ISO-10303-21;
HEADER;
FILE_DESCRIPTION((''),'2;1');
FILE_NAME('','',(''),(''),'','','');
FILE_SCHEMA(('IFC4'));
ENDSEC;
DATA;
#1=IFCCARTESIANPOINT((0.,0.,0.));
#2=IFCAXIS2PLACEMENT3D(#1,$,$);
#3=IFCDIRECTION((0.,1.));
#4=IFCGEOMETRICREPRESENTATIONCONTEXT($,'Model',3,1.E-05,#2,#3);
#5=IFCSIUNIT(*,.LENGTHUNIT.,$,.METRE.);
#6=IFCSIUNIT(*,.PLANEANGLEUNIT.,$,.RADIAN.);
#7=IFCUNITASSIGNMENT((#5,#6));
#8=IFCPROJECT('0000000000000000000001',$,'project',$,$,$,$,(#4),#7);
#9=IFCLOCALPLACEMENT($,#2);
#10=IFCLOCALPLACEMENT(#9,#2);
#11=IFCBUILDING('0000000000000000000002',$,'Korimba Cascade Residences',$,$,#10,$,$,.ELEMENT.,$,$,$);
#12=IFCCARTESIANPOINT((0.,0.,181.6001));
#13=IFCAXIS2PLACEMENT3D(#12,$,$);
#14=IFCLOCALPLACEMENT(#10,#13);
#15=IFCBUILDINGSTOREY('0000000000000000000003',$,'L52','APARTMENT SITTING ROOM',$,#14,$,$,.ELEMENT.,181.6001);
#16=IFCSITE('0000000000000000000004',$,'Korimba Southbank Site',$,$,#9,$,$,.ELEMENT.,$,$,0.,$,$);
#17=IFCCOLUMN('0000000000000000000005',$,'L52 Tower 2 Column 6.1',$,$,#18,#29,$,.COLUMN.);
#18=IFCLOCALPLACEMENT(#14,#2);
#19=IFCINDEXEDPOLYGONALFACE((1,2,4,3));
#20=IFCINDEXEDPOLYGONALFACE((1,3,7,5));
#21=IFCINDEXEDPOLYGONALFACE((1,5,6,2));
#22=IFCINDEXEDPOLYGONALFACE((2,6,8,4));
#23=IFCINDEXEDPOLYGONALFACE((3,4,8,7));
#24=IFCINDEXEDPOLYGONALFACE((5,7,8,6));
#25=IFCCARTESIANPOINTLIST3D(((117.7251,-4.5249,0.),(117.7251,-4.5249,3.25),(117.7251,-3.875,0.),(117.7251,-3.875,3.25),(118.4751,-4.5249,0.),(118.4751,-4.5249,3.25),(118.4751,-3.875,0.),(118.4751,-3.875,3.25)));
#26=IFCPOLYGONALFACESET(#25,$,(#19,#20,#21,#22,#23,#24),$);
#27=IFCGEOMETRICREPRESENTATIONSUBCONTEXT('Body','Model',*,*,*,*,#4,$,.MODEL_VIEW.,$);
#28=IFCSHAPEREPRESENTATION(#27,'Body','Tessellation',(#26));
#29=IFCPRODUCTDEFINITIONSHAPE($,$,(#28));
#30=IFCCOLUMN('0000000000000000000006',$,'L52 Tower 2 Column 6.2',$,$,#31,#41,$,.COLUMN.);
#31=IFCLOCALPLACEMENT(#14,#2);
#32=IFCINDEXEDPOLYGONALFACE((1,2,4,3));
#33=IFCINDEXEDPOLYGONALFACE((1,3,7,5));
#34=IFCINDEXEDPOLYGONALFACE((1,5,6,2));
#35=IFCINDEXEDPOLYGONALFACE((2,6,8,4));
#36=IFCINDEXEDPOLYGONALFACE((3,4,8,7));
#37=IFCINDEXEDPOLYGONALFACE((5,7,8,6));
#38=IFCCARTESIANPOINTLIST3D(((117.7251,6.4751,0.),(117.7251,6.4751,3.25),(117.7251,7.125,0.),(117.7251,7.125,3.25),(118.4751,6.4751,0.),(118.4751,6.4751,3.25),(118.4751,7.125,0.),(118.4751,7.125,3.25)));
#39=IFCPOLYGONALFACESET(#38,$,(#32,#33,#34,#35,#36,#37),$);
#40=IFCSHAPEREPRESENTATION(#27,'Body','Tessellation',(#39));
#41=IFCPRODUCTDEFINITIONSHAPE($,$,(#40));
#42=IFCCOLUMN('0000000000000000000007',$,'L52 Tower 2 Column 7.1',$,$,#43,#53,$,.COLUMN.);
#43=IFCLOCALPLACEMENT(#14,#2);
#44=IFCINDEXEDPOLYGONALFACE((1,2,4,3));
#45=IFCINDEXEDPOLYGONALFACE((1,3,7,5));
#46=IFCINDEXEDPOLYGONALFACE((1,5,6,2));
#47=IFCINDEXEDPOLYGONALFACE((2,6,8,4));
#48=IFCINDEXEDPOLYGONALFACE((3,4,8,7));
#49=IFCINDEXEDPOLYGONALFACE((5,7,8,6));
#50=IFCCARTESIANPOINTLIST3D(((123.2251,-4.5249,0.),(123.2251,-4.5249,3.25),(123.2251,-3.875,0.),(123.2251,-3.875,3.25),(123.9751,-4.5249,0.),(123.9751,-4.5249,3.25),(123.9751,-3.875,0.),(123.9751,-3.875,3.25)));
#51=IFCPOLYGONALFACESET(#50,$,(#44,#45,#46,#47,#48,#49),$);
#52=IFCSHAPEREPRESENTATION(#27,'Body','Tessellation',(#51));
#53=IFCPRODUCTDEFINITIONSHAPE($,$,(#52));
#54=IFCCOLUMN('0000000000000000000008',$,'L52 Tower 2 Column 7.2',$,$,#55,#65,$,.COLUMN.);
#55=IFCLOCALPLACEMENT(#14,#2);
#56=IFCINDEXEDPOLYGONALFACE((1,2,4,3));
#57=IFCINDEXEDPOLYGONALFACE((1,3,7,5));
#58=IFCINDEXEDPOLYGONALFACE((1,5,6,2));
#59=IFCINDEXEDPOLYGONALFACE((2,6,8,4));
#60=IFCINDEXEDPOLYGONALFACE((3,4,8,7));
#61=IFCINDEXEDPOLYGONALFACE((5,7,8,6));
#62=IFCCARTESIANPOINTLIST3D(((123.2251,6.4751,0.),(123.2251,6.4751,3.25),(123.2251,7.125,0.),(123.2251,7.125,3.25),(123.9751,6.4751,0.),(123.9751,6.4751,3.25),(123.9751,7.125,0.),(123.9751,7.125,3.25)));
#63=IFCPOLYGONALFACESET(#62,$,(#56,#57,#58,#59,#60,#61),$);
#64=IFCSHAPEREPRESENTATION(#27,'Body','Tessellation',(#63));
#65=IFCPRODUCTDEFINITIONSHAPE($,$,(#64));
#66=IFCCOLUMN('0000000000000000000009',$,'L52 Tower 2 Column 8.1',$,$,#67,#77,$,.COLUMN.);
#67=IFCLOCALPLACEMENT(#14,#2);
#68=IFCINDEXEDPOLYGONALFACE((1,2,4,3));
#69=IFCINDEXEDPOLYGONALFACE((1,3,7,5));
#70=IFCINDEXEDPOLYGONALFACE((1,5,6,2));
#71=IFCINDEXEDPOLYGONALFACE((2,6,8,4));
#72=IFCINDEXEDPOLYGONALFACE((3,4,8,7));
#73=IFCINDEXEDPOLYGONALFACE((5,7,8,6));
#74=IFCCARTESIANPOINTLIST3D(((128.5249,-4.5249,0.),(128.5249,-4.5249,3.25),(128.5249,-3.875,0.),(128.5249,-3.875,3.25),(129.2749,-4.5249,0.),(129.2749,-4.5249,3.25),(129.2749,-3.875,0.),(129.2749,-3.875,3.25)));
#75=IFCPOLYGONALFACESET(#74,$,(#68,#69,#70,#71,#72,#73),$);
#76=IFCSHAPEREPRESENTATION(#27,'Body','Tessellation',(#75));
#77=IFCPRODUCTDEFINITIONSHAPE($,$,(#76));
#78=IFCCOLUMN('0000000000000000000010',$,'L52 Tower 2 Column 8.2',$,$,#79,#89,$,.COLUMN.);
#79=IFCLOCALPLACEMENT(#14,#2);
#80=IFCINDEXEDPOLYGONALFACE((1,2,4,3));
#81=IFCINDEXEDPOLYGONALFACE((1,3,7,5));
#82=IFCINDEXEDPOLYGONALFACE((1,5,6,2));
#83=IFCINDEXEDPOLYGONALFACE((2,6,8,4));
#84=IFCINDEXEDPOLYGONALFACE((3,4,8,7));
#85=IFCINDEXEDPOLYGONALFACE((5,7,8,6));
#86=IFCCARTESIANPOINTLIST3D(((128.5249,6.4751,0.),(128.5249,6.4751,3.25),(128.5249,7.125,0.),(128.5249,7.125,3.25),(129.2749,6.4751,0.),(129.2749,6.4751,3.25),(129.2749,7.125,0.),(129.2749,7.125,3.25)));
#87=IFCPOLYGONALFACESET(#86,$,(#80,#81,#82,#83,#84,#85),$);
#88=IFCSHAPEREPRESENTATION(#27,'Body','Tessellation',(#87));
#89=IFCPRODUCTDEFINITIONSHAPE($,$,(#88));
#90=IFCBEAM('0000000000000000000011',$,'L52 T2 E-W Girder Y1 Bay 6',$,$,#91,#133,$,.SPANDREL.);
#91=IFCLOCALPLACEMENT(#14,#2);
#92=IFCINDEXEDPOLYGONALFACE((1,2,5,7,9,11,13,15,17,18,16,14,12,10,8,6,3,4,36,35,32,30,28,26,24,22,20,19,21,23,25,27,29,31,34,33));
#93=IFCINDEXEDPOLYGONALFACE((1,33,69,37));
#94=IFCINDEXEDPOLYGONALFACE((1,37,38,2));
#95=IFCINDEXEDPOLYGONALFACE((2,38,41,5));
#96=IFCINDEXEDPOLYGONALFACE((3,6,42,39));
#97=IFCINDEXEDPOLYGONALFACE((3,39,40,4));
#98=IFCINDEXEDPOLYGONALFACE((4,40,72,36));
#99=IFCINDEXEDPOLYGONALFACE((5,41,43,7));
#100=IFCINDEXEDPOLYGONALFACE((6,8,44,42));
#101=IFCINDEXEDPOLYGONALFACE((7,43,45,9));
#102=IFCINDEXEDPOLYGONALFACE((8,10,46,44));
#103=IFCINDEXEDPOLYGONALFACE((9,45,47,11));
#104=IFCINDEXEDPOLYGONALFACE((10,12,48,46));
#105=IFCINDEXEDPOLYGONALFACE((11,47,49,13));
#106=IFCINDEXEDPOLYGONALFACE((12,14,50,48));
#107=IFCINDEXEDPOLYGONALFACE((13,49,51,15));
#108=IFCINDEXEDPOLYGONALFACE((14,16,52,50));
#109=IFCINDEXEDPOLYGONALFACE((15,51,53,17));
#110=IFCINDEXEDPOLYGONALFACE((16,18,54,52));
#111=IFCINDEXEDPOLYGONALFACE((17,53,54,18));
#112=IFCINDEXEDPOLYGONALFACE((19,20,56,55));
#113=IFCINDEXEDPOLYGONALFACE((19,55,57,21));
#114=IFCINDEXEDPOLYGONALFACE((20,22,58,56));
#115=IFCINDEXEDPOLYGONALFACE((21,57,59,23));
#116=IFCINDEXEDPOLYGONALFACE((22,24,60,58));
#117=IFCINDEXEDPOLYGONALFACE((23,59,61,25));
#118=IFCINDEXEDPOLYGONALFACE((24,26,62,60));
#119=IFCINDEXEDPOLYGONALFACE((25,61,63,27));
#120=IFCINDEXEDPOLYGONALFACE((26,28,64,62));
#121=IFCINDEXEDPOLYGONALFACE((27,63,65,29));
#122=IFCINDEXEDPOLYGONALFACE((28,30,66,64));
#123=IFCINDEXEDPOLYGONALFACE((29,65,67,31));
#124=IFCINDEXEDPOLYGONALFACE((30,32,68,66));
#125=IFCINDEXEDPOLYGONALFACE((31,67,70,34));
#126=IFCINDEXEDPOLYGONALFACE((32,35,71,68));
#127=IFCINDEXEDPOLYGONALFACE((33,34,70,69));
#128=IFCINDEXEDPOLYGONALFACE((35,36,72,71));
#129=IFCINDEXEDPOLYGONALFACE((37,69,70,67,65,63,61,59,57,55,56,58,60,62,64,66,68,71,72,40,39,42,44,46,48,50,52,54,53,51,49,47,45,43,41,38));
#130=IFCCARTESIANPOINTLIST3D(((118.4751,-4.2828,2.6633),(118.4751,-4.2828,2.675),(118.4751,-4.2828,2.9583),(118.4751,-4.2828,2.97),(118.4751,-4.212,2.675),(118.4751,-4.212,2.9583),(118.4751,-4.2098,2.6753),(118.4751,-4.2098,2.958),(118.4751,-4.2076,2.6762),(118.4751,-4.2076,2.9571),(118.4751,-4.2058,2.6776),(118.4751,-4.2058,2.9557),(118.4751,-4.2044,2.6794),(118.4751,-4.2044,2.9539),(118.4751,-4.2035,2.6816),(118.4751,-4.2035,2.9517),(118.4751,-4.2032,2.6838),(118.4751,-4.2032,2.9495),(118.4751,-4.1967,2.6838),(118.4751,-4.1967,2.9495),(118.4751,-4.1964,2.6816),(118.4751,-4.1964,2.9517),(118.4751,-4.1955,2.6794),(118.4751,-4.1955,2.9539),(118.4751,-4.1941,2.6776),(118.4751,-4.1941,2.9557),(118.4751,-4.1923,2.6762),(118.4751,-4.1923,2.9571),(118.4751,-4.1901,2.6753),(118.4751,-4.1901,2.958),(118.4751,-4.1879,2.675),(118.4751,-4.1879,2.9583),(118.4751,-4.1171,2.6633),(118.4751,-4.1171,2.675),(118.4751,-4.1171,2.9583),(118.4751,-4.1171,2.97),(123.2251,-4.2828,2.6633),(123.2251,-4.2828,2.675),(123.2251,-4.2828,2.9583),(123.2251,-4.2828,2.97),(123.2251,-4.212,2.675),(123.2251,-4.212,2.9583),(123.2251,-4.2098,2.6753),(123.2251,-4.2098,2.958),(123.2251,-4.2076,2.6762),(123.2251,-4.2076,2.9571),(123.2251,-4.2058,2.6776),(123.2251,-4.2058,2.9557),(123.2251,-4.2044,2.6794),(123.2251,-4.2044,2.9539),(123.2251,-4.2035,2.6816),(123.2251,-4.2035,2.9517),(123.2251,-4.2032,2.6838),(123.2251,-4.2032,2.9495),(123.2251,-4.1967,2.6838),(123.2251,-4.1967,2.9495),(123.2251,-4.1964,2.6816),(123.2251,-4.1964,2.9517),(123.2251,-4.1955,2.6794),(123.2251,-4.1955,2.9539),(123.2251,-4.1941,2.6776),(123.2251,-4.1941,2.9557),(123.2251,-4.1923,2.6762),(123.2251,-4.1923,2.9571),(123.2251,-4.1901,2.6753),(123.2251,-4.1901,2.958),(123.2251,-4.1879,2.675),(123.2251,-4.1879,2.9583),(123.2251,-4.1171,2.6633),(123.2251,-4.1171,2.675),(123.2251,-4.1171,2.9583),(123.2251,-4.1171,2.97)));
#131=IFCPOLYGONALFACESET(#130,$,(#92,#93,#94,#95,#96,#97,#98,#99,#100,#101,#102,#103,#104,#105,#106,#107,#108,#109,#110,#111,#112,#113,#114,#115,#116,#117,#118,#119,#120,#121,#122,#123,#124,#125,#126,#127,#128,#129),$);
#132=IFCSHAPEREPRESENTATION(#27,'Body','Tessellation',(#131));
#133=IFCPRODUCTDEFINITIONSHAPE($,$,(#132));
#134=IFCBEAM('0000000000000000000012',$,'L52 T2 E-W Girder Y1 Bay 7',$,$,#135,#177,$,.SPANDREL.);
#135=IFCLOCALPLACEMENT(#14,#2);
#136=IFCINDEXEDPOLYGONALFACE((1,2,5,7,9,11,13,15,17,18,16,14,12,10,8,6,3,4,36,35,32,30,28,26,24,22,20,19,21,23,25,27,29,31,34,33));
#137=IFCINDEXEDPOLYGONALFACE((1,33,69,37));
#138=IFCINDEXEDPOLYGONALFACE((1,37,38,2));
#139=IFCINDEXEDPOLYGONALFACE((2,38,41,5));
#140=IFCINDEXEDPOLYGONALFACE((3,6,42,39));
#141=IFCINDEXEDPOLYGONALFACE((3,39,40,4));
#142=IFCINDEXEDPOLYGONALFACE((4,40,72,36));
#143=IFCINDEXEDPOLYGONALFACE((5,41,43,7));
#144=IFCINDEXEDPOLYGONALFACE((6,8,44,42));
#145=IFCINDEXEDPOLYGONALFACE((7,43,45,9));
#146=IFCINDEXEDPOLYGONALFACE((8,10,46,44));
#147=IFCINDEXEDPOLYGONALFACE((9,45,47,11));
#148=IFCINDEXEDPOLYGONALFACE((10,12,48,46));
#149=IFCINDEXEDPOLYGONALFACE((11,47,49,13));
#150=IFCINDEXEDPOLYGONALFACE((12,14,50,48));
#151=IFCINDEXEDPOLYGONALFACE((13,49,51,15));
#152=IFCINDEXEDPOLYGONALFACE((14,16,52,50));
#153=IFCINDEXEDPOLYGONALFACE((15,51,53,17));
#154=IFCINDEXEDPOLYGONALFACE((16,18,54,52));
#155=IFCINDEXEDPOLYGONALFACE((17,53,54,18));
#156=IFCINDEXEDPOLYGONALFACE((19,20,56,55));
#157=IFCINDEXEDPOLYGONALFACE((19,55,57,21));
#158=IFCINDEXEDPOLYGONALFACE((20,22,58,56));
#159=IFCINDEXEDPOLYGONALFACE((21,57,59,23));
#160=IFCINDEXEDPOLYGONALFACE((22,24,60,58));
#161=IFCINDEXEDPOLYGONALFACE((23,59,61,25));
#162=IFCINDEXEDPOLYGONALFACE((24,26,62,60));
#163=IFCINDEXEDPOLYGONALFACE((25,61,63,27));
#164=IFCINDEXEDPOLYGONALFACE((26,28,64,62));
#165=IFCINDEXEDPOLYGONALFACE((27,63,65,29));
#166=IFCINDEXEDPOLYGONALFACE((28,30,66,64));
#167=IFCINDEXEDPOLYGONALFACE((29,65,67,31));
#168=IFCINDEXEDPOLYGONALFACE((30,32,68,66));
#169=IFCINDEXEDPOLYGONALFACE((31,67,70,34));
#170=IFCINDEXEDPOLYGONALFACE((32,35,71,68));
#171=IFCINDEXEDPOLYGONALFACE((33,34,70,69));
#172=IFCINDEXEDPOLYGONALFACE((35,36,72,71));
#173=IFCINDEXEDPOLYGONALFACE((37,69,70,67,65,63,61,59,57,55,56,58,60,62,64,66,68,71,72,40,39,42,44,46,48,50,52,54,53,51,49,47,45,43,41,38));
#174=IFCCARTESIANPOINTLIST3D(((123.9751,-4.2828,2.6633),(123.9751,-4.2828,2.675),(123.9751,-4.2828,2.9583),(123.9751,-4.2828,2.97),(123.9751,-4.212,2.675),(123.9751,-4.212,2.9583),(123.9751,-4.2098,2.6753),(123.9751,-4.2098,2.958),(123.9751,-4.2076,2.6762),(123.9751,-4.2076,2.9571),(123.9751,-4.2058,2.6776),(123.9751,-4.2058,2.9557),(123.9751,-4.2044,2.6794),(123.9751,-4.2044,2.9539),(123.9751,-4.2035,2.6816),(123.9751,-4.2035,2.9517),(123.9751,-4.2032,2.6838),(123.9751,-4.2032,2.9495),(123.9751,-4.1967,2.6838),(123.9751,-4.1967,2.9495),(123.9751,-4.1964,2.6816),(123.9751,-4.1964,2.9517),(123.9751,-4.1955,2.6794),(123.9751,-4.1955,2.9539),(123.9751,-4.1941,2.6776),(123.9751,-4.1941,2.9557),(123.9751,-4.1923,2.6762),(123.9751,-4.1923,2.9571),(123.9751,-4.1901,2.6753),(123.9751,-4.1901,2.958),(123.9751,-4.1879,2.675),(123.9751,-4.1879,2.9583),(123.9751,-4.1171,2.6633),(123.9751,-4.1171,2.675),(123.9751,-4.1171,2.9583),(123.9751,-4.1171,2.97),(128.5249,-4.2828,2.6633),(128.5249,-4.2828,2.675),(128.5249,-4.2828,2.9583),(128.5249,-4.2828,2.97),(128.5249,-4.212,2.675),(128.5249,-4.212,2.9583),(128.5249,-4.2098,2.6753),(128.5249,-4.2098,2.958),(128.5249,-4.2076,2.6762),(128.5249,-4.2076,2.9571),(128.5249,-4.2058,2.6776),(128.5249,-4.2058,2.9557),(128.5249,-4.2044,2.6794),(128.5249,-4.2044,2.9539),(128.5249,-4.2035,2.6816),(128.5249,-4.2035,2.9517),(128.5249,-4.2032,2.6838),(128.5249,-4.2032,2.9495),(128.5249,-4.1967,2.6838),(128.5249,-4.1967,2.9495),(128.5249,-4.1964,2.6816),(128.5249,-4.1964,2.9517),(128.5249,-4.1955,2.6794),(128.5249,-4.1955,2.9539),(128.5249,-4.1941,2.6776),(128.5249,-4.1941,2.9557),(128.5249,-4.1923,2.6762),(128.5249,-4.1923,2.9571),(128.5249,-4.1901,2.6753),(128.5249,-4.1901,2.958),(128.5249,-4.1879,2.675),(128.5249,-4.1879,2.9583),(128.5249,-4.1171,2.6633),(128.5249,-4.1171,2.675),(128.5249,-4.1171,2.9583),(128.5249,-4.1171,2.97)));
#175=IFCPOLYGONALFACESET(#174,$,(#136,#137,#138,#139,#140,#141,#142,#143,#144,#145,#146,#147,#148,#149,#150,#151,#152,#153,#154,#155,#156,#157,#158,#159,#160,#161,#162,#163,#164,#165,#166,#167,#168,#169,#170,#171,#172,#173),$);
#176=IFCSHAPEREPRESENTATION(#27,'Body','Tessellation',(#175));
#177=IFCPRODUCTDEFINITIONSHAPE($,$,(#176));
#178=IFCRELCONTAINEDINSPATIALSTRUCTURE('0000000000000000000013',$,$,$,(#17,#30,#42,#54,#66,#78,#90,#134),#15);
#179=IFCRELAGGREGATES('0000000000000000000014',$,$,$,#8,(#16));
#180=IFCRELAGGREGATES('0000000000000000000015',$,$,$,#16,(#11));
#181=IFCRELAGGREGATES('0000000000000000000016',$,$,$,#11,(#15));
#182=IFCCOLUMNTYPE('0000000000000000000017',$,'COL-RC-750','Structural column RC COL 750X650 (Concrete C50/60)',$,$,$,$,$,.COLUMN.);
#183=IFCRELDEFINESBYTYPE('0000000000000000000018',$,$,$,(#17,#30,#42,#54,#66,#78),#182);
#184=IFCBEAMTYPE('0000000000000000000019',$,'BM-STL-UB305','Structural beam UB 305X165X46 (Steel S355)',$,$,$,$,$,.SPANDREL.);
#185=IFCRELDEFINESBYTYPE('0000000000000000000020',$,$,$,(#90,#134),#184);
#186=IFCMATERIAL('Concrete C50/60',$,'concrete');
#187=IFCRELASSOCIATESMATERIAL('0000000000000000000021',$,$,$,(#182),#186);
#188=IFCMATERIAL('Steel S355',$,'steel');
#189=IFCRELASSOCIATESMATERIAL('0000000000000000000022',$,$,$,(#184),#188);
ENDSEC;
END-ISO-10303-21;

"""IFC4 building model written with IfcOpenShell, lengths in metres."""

from ifc_helpers import new_model, si_unit, direction, frame, origin, origin_2d, place, context, subcontext, project, spatial, rectangle, i_section, extrude, material, material_profile, profile_set, type_object, element, save


model = new_model("IFC4")

# Units and contexts
model_context = context("Model", 3, precision=1e-05, world=origin(), true_north=direction((0.0, 1.0)))
body_context = subcontext(model_context, "Body", "Model", "MODEL_VIEW")
ifc_project = project(units=[si_unit("LENGTHUNIT", "METRE"), si_unit("PLANEANGLEUNIT", "RADIAN")], contexts=[model_context])

# Site, building, storey
site_placement = place(None, origin())
site = spatial("IfcSite", under=ifc_project, at=site_placement, Name="Korimba Southbank Site", CompositionType="ELEMENT", RefElevation=0.0)
building_placement = place(site_placement, origin())
building = spatial("IfcBuilding", under=site, at=building_placement, Name="Korimba Cascade Residences", CompositionType="ELEMENT")
storey_placement = place(building_placement, frame((0.0, 0.0, 181.6001)))
storey = spatial("IfcBuildingStorey", under=building, at=storey_placement, Name="L52", Description="APARTMENT SITTING ROOM", CompositionType="ELEMENT", Elevation=181.6001)

# Columns
ifc_material_1 = material(Name="Concrete C50/60", Category="concrete")
ifc_material_profile_1 = material_profile(ifc_material_1, rectangle(XDim=0.75, YDim=0.6499, at=origin_2d()), Name="Concrete C50/60")
ifc_profile_set_1 = profile_set([ifc_material_profile_1], Name="Concrete C50/60")
column_type = type_object("IfcColumnType", Name="COL-RC-750", Description="Structural column RC COL 750X650 (Concrete C50/60)", PredefinedType="COLUMN", material=ifc_profile_set_1)
for number, where, z_axis, x_axis, name in (
    (1, (118.1001, -4.2, 0.0), (0.0, 0.0, 1.0), (1.0, 0.0, 0.0), "L52 Tower 2 Column 6.1"),
    (2, (118.1001, 6.8, 0.0), (0.0, 0.0, 1.0), (1.0, 0.0, 0.0), "L52 Tower 2 Column 6.2"),
    (3, (123.6001, -4.2, 0.0), (0.0, 0.0, 1.0), (1.0, 0.0, 0.0), "L52 Tower 2 Column 7.1"),
    (4, (123.6001, 6.8, 0.0), (0.0, 0.0, 1.0), (1.0, 0.0, 0.0), "L52 Tower 2 Column 7.2"),
    (5, (128.8999, -4.2, 0.0), (0.0, 0.0, 1.0), (1.0, 0.0, 0.0), "L52 Tower 2 Column 8.1"),
    (6, (128.8999, 6.8, 0.0), (0.0, 0.0, 1.0), (1.0, 0.0, 0.0), "L52 Tower 2 Column 8.2"),
):
    element("IfcColumn", number, at=place(storey_placement, frame(where, z_axis=z_axis, x_axis=x_axis)), inside=storey, type_object=column_type, Name=name, PredefinedType="COLUMN", context=body_context, shape_type="SweptSolid", body=[
        extrude(rectangle(XDim=0.75, YDim=0.6499, at=origin_2d()), origin(), (0.0, 0.0, 1.0), 3.25),
    ])

# Beams
ifc_material_2 = material(Name="Steel S355", Category="steel")
ifc_material_profile_2 = material_profile(ifc_material_2, i_section(OverallWidth=0.1658, OverallDepth=0.3066, WebThickness=0.0066, FlangeThickness=0.0117, FilletRadius=0.0088, at=origin_2d()), Name="Steel S355")
ifc_profile_set_2 = profile_set([ifc_material_profile_2], Name="Steel S355")
beam_type_1 = type_object("IfcBeamType", Name="BM-STL-UB305", Description="Structural beam UB 305X165X46 (Steel S355)", PredefinedType="SPANDREL", material=ifc_profile_set_2)
beam_1_placement = place(storey_placement, frame((118.4751, -4.2, 2.8167), z_axis=(1.0, 0.0, 0.0), x_axis=(0.0, 1.0, 0.0)))
element("IfcBeam", 7, at=beam_1_placement, inside=storey, type_object=beam_type_1, Name="L52 T2 E-W Girder Y1 Bay 6", PredefinedType="SPANDREL", context=body_context, shape_type="SweptSolid", body=[
    extrude(i_section(OverallWidth=0.1658, OverallDepth=0.3066, WebThickness=0.0066, FlangeThickness=0.0117, FilletRadius=0.0088, at=origin_2d()), origin(), (0.0, 0.0, 1.0), 4.75),
])
beam_2_placement = place(storey_placement, frame((123.9751, -4.2, 2.8167), z_axis=(1.0, 0.0, 0.0), x_axis=(0.0, 1.0, 0.0)))
element("IfcBeam", 8, at=beam_2_placement, inside=storey, type_object=beam_type_1, Name="L52 T2 E-W Girder Y1 Bay 7", PredefinedType="SPANDREL", context=body_context, shape_type="SweptSolid", body=[
    extrude(i_section(OverallWidth=0.1658, OverallDepth=0.3066, WebThickness=0.0066, FlangeThickness=0.0117, FilletRadius=0.0088, at=origin_2d()), origin(), (0.0, 0.0, 1.0), 4.5498),
])

save(model, "model.ifc")
